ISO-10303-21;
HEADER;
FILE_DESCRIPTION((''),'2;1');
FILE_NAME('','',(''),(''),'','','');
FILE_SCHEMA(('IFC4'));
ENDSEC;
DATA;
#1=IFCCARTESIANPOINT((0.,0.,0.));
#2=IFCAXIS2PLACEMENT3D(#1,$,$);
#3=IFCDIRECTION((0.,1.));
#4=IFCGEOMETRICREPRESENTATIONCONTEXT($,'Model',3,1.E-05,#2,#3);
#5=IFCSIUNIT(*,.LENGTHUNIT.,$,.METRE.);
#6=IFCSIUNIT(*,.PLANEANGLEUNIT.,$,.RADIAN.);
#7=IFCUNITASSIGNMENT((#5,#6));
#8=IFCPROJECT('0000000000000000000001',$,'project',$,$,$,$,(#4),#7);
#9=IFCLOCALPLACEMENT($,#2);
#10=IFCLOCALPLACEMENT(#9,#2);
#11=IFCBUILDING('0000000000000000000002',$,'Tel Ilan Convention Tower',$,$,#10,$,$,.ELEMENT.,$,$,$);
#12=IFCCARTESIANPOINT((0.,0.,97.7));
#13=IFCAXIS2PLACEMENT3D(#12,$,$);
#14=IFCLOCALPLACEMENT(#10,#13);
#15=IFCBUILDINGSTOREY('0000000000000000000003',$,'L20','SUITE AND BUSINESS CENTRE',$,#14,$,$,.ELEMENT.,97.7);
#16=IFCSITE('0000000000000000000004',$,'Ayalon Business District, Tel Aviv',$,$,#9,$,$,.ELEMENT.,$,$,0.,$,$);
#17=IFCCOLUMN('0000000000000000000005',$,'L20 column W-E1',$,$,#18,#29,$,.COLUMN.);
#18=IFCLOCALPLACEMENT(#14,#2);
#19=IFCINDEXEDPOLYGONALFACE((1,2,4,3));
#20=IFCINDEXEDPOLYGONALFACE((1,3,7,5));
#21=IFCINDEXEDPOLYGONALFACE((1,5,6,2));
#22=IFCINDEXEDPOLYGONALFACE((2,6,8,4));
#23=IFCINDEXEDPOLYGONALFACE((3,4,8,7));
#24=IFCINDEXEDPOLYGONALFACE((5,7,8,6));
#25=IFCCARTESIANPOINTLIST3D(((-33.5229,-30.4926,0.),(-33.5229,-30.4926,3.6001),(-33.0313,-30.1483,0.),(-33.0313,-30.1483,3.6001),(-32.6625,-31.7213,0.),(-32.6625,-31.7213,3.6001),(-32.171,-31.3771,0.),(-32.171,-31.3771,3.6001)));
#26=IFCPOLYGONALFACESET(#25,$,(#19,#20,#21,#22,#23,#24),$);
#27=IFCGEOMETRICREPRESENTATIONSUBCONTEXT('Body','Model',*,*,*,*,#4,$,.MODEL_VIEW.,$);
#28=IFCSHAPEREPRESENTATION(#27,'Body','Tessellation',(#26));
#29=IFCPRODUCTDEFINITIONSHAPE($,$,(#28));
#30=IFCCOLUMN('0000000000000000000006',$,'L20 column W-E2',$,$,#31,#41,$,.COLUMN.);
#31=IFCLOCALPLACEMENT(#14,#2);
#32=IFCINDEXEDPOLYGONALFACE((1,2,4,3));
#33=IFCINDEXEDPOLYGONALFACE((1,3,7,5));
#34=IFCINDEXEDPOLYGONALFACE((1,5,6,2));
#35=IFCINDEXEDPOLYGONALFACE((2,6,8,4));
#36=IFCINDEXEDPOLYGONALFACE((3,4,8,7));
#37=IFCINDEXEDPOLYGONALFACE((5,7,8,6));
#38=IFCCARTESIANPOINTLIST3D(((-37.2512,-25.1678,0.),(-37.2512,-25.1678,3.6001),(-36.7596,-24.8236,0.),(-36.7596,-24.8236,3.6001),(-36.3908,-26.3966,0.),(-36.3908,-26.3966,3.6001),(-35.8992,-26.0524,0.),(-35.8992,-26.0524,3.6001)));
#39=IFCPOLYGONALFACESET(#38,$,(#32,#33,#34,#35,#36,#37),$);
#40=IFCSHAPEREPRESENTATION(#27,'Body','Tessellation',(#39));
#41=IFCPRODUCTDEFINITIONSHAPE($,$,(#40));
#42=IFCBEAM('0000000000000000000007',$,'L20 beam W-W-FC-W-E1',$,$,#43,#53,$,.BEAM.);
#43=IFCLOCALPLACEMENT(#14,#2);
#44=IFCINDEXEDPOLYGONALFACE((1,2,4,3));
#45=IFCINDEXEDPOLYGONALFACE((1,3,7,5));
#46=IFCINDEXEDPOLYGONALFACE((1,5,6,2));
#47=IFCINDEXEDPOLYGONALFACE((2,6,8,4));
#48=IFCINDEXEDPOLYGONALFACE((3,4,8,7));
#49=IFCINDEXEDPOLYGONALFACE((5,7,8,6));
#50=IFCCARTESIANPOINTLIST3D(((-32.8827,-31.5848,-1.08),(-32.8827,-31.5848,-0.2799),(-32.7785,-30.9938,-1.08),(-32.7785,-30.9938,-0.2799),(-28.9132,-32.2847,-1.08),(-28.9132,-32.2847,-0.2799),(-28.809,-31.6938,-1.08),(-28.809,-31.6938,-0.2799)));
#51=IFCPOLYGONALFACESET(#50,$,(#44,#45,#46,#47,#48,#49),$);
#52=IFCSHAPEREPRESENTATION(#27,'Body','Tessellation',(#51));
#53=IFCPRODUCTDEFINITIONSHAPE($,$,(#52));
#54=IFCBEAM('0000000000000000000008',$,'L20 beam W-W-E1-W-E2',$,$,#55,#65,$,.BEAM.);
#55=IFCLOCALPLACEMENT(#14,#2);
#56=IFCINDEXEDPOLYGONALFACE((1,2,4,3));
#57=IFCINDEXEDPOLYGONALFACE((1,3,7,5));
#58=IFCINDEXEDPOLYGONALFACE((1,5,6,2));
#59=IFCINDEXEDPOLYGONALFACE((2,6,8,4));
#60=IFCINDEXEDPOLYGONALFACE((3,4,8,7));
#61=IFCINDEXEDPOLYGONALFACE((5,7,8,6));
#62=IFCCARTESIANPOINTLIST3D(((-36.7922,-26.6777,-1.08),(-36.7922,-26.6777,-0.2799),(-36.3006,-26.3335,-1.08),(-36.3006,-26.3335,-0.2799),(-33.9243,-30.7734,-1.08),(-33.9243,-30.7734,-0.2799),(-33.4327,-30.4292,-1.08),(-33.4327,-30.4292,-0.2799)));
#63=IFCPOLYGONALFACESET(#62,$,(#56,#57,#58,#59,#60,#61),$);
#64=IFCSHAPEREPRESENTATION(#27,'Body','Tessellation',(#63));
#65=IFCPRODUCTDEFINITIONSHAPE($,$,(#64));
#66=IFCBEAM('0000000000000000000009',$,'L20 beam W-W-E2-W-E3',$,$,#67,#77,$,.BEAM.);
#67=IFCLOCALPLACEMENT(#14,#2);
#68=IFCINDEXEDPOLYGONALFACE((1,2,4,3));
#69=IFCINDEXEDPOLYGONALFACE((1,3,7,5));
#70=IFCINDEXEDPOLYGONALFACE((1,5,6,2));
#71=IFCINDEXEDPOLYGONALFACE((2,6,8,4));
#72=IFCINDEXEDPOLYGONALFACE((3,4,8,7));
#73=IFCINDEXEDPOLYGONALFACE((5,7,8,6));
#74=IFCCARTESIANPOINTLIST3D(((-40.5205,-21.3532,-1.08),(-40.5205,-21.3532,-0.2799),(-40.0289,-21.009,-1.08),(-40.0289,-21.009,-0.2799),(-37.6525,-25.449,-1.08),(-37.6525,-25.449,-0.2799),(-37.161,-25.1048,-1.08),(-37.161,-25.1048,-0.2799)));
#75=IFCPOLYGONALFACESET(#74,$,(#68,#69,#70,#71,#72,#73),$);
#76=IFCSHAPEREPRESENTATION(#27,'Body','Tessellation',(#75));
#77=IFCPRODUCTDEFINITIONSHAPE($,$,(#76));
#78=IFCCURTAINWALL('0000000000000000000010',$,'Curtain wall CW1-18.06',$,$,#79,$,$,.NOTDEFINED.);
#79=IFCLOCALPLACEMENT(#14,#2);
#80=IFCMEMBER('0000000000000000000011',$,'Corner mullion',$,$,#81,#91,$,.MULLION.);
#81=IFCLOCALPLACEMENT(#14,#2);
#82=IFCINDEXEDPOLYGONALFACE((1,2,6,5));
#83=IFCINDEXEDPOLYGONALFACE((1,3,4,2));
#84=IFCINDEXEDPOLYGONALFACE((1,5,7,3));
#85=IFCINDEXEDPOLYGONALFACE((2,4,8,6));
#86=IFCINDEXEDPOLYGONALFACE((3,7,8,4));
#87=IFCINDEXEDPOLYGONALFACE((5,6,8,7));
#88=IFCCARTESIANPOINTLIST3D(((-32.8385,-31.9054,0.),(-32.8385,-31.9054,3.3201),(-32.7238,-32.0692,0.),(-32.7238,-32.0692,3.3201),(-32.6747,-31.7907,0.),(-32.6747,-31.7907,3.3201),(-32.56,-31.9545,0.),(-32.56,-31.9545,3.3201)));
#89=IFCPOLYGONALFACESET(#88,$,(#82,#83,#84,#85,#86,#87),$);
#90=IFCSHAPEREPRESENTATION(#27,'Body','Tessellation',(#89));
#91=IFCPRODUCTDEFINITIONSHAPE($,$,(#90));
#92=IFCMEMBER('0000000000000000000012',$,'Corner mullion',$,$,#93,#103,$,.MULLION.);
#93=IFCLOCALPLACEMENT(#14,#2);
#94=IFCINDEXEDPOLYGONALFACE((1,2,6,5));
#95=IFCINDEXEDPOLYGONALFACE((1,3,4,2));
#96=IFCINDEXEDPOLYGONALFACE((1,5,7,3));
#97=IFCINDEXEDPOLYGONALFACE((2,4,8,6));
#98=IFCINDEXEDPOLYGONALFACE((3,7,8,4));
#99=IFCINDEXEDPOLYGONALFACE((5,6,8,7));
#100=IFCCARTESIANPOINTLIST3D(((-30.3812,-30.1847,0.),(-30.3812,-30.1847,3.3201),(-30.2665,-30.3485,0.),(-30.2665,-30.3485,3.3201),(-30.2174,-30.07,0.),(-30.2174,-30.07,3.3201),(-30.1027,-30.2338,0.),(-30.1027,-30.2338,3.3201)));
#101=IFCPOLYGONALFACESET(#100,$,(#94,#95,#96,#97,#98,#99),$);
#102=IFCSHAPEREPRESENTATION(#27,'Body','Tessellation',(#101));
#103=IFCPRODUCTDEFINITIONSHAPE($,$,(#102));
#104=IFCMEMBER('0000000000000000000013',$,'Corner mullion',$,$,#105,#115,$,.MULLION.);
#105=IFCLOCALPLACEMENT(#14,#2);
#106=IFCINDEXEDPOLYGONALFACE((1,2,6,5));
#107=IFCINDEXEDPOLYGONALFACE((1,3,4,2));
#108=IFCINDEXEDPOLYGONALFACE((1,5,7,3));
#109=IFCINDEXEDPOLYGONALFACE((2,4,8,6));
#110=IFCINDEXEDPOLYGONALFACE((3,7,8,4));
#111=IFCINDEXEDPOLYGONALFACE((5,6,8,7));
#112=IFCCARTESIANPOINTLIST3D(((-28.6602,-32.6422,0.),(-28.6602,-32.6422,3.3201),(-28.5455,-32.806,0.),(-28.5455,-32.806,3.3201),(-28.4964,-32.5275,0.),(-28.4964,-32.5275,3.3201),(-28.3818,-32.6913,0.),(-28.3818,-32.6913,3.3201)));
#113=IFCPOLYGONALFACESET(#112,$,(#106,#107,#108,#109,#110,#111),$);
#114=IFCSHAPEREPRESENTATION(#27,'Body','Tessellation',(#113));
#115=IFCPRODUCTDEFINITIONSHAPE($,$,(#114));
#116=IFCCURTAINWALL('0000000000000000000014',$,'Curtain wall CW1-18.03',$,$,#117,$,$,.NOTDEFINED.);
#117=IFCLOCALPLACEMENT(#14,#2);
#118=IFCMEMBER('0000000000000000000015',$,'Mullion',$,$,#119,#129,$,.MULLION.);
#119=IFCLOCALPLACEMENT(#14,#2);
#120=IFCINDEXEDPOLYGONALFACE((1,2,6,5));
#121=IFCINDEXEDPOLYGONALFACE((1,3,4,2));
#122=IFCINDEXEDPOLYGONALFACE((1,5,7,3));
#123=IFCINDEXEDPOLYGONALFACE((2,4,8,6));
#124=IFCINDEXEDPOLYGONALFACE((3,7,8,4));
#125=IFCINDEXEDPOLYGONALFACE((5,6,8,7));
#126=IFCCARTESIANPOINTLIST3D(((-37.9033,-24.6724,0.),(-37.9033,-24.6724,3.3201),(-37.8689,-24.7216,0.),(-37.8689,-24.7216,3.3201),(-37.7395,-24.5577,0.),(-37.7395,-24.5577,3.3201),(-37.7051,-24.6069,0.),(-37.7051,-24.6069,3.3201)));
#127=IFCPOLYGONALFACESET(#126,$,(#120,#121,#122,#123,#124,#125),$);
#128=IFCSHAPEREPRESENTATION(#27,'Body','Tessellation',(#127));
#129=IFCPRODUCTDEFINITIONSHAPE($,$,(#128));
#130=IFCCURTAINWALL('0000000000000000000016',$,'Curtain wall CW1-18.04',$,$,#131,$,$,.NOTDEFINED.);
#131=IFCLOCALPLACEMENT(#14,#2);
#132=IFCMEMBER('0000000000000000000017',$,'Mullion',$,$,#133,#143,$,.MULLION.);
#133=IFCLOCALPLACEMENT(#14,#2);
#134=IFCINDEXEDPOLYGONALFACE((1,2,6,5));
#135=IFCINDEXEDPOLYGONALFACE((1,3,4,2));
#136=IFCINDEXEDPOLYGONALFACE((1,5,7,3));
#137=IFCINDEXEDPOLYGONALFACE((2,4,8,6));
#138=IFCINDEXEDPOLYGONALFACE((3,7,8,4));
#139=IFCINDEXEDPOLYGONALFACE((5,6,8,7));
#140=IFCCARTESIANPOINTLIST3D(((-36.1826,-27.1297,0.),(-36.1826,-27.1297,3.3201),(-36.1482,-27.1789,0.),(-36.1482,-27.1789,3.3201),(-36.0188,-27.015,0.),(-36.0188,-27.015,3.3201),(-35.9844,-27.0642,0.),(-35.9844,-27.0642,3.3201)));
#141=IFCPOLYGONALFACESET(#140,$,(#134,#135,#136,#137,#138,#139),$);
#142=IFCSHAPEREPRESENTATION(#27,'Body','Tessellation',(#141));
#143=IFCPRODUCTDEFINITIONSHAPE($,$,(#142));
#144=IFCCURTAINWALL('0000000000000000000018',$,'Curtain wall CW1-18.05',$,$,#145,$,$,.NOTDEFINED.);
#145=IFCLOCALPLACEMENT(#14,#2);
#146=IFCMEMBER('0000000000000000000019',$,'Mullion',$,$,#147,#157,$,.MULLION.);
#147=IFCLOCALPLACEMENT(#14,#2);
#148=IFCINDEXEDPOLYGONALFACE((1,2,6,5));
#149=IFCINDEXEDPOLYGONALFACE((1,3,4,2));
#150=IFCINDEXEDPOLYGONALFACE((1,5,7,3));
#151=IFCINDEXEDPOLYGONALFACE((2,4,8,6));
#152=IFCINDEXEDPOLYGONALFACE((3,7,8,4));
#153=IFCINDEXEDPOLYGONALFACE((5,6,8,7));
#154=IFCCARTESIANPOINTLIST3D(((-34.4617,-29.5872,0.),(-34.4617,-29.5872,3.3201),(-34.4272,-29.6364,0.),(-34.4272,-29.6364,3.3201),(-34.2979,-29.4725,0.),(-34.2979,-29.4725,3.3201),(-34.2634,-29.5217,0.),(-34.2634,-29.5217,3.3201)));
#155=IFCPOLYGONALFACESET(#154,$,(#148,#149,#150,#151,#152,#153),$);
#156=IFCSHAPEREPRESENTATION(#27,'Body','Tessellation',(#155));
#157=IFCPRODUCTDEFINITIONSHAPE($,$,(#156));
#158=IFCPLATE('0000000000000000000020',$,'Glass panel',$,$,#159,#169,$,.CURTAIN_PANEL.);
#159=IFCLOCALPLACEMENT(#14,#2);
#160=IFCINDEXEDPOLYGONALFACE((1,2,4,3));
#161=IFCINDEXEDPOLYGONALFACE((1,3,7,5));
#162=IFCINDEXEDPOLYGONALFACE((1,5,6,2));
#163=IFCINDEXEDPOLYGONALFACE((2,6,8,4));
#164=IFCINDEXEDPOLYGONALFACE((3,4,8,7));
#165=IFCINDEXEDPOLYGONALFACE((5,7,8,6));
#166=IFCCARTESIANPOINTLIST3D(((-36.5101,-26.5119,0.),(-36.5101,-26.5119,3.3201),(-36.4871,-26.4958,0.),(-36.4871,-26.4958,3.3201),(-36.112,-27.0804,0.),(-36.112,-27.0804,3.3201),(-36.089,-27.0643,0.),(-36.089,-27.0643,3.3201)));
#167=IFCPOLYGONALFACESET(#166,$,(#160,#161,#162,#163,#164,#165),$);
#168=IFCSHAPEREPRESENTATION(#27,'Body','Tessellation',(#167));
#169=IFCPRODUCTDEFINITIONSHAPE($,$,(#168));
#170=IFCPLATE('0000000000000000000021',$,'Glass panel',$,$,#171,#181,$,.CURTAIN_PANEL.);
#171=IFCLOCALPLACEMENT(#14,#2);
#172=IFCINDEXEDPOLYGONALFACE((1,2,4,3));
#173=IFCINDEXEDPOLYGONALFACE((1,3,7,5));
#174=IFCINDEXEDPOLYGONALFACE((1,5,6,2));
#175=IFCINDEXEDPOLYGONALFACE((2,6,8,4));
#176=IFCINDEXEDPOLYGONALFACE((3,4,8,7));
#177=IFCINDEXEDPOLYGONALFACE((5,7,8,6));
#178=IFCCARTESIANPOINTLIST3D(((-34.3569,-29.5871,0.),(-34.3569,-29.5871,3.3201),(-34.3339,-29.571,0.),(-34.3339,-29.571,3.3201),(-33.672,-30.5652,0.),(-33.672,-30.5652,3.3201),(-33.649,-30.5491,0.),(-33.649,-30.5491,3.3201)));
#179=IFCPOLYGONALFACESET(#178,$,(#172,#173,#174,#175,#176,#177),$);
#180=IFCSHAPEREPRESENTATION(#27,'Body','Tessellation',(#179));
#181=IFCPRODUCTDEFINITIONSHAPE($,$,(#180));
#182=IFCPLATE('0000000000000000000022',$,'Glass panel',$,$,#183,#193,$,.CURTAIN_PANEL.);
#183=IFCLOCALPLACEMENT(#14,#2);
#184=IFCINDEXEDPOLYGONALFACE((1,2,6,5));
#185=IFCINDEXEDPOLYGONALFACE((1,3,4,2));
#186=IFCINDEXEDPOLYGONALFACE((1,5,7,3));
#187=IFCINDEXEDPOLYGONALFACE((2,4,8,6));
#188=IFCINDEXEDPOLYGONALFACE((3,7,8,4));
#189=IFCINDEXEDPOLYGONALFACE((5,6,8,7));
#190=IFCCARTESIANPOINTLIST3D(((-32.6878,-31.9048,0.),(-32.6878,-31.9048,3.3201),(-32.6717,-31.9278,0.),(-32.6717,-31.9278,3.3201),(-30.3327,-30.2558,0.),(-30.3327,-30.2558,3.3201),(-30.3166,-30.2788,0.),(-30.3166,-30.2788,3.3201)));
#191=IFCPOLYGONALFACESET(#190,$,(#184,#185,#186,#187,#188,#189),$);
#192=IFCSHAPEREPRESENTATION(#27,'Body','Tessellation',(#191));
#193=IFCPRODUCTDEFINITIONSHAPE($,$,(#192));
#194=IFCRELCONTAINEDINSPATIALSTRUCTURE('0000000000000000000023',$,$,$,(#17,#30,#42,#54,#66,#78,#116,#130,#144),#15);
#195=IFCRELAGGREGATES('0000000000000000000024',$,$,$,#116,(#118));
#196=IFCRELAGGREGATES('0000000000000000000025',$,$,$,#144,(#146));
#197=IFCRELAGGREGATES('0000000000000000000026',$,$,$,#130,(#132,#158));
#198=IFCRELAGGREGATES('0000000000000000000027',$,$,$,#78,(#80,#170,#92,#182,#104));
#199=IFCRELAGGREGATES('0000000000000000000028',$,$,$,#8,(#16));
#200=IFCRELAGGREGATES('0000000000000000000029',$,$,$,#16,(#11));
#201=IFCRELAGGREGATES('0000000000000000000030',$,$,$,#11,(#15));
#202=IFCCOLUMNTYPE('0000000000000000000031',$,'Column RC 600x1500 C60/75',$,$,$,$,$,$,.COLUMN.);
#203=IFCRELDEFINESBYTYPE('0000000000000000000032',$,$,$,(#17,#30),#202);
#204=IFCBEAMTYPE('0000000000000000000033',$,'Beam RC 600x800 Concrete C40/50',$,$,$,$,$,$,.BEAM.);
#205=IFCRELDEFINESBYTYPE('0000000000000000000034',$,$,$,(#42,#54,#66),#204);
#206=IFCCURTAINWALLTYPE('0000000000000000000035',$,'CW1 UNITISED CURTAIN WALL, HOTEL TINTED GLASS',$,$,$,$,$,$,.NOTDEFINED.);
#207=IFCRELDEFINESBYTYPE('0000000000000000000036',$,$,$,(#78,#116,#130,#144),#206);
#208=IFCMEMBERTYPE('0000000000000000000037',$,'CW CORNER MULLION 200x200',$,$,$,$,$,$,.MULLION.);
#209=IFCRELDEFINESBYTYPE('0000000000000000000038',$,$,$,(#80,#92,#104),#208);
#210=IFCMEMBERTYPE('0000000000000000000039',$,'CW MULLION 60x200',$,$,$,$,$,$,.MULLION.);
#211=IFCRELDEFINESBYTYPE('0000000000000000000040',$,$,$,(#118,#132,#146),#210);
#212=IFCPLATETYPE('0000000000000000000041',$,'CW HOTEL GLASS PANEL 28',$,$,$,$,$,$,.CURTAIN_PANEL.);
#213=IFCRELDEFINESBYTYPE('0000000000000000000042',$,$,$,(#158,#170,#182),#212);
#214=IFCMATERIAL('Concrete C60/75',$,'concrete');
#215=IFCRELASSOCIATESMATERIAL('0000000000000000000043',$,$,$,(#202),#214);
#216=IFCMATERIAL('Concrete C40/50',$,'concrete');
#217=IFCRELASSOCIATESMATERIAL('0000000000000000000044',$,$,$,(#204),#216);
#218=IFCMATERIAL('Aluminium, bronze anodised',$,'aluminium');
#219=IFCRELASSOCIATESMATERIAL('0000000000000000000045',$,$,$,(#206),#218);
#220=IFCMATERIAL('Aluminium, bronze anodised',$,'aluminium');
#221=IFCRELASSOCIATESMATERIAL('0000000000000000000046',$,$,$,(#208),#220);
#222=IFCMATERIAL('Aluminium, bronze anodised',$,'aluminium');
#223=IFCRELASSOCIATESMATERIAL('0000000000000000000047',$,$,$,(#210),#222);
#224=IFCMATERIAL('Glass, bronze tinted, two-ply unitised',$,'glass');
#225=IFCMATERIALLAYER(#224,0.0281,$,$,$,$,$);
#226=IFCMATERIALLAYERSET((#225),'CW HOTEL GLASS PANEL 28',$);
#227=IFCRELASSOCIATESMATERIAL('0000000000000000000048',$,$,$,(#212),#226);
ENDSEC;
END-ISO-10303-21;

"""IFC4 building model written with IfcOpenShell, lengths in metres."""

from ifc_helpers import new_model, si_unit, direction, frame, origin, origin_2d, place, context, subcontext, project, spatial, rectangle, extrude, material, layer, layer_set, material_profile, profile_set, type_object, element, aggregate, save


model = new_model("IFC4")

# Units and contexts
model_context = context("Model", 3, precision=1e-05, world=origin(), true_north=direction((0.0, 1.0)))
body_context = subcontext(model_context, "Body", "Model", "MODEL_VIEW")
ifc_project = project(units=[si_unit("LENGTHUNIT", "METRE"), si_unit("PLANEANGLEUNIT", "RADIAN")], contexts=[model_context])

# Site, building, storey
site_placement = place(None, origin())
site = spatial("IfcSite", under=ifc_project, at=site_placement, Name="Ayalon Business District, Tel Aviv", CompositionType="ELEMENT", RefElevation=0.0)
building_placement = place(site_placement, origin())
building = spatial("IfcBuilding", under=site, at=building_placement, Name="Tel Ilan Convention Tower", CompositionType="ELEMENT")
storey_placement = place(building_placement, frame((0.0, 0.0, 97.7)))
storey = spatial("IfcBuildingStorey", under=building, at=storey_placement, Name="L20", Description="SUITE AND BUSINESS CENTRE", CompositionType="ELEMENT", Elevation=97.7)

# Columns
ifc_material_1 = material(Name="Concrete C60/75", Category="concrete")
ifc_material_profile_1 = material_profile(ifc_material_1, rectangle(XDim=1.5, YDim=0.6001, at=origin_2d()), Name="RC 600x1500")
ifc_profile_set_1 = profile_set([ifc_material_profile_1], Name="Concrete C60/75")
column_type = type_object("IfcColumnType", Name="Column RC 600x1500 C60/75", PredefinedType="COLUMN", material=ifc_profile_set_1)
for number, where, z_axis, x_axis, name in (
    (1, (-32.8469, -30.9348, 0.0), (0.0, 0.0, 1.0), (-0.573576, 0.819152, 0.0), "L20 column W-E1"),
    (2, (-36.5752, -25.6101, 0.0), (0.0, 0.0, 1.0), (-0.573576, 0.819152, 0.0), "L20 column W-E2"),
):
    element("IfcColumn", number, at=place(storey_placement, frame(where, z_axis=z_axis, x_axis=x_axis)), inside=storey, type_object=column_type, Name=name, PredefinedType="COLUMN", context=body_context, shape_type="SweptSolid", body=[
        extrude(rectangle(XDim=1.5, YDim=0.6001, at=origin_2d()), origin(), (0.0, 0.0, 1.0), 3.6001),
    ])

# Beams
ifc_material_2 = material(Name="Concrete C40/50", Category="concrete")
ifc_material_profile_2 = material_profile(ifc_material_2, rectangle(XDim=0.6001, YDim=0.8, at=origin_2d()), Name="RC 600x800")
ifc_profile_set_2 = profile_set([ifc_material_profile_2], Name="Concrete C40/50")
beam_type = type_object("IfcBeamType", Name="Beam RC 600x800 Concrete C40/50", PredefinedType="BEAM", material=ifc_profile_set_2)
beam_placement = place(storey_placement, frame((-28.8611, -31.9893, -0.6799), z_axis=(-0.984807, 0.173654, 0.0), x_axis=(-0.173654, -0.984807, 0.0)))
element("IfcBeam", 3, at=beam_placement, inside=storey, type_object=beam_type, Name="L20 beam W-W-FC-W-E1", PredefinedType="BEAM", context=body_context, shape_type="SweptSolid", body=[
    extrude(rectangle(XDim=0.6001, YDim=0.8, at=origin_2d()), origin(), (0.0, 0.0, 1.0), 4.0308),
])
for number, where, z_axis, x_axis, name in (
    (4, (-33.6785, -30.6013, -0.6799), (-0.573587, 0.819145, 0.0), (-0.819145, -0.573587, 0.0), "L20 beam W-W-E1-W-E2"),
    (5, (-37.4067, -25.2769, -0.6799), (-0.573587, 0.819145, 0.0), (-0.819145, -0.573587, 0.0), "L20 beam W-W-E2-W-E3"),
):
    element("IfcBeam", number, at=place(storey_placement, frame(where, z_axis=z_axis, x_axis=x_axis)), inside=storey, type_object=beam_type, Name=name, PredefinedType="BEAM", context=body_context, shape_type="SweptSolid", body=[
        extrude(rectangle(XDim=0.6001, YDim=0.8, at=origin_2d()), origin(), (0.0, 0.0, 1.0), 5.0),
    ])

# Curtain wall, members
ifc_material_3 = material(Name="Aluminium, bronze anodised", Category="aluminium")
curtain_wall_type = type_object("IfcCurtainWallType", Name="CW1 UNITISED CURTAIN WALL, HOTEL TINTED GLASS", PredefinedType="NOTDEFINED", material=ifc_material_3)
curtain_wall_1_placement = place(storey_placement, origin())
curtain_wall_1 = element("IfcCurtainWall", 6, at=curtain_wall_1_placement, inside=storey, type_object=curtain_wall_type, Name="Curtain wall CW1-18.06", PredefinedType="NOTDEFINED")
ifc_material_4 = material(Name="Aluminium, bronze anodised", Category="aluminium")
ifc_material_profile_3 = material_profile(ifc_material_4, rectangle(XDim=0.2, YDim=0.2, at=origin_2d()), Name="CW CORNER MULLION 200x200")
ifc_profile_set_3 = profile_set([ifc_material_profile_3], Name="Aluminium, bronze anodised")
member_type_1 = type_object("IfcMemberType", Name="CW CORNER MULLION 200x200", PredefinedType="MULLION", material=ifc_profile_set_3)
member_1_placement = place(storey_placement, frame((-32.6992, -31.9299, 0.0), z_axis=(0.0, 0.0, 1.0), x_axis=(0.573576, -0.819152, 0.0)))
member_1 = element("IfcMember", 7, at=member_1_placement, type_object=member_type_1, Name="Corner mullion", PredefinedType="MULLION", context=body_context, shape_type="SweptSolid", body=[
    extrude(rectangle(XDim=0.2, YDim=0.2, at=origin_2d()), origin(), (0.0, 0.0, 1.0), 3.3201),
])
member_2_placement = place(storey_placement, frame((-30.2419, -30.2092, 0.0), z_axis=(0.0, 0.0, 1.0), x_axis=(0.819152, 0.573576, 0.0)))
member_2 = element("IfcMember", 8, at=member_2_placement, type_object=member_type_1, Name="Corner mullion", PredefinedType="MULLION", context=body_context, shape_type="SweptSolid", body=[
    extrude(rectangle(XDim=0.2, YDim=0.2, at=origin_2d()), origin(), (0.0, 0.0, 1.0), 3.3201),
])
member_3_placement = place(storey_placement, frame((-28.521, -32.6667, 0.0), z_axis=(0.0, 0.0, 1.0), x_axis=(0.573576, -0.819152, 0.0)))
member_3 = element("IfcMember", 9, at=member_3_placement, type_object=member_type_1, Name="Corner mullion", PredefinedType="MULLION", context=body_context, shape_type="SweptSolid", body=[
    extrude(rectangle(XDim=0.2, YDim=0.2, at=origin_2d()), origin(), (0.0, 0.0, 1.0), 3.3201),
])

# Curtain walls, members
curtain_wall_2_placement = place(storey_placement, origin())
curtain_wall_2 = element("IfcCurtainWall", 10, at=curtain_wall_2_placement, inside=storey, type_object=curtain_wall_type, Name="Curtain wall CW1-18.03", PredefinedType="NOTDEFINED")
ifc_material_5 = material(Name="Aluminium, bronze anodised", Category="aluminium")
ifc_material_profile_4 = material_profile(ifc_material_5, rectangle(XDim=0.0601, YDim=0.2, at=origin_2d()), Name="CW MULLION 60x200")
ifc_profile_set_4 = profile_set([ifc_material_profile_4], Name="Aluminium, bronze anodised")
member_type_2 = type_object("IfcMemberType", Name="CW MULLION 60x200", PredefinedType="MULLION", material=ifc_profile_set_4)
member_4_placement = place(storey_placement, frame((-37.8042, -24.6396, 0.0), z_axis=(0.0, 0.0, 1.0), x_axis=(0.573576, -0.819152, 0.0)))
member_4 = element("IfcMember", 11, at=member_4_placement, type_object=member_type_2, Name="Mullion", PredefinedType="MULLION", context=body_context, shape_type="SweptSolid", body=[
    extrude(rectangle(XDim=0.0601, YDim=0.2, at=origin_2d()), origin(), (0.0, 0.0, 1.0), 3.3201),
])
aggregate(curtain_wall_2, [member_4])
curtain_wall_3_placement = place(storey_placement, origin())
curtain_wall_3 = element("IfcCurtainWall", 12, at=curtain_wall_3_placement, inside=storey, type_object=curtain_wall_type, Name="Curtain wall CW1-18.04", PredefinedType="NOTDEFINED")
member_5_placement = place(storey_placement, frame((-36.0835, -27.0969, 0.0), z_axis=(0.0, 0.0, 1.0), x_axis=(0.573576, -0.819152, 0.0)))
member_5 = element("IfcMember", 13, at=member_5_placement, type_object=member_type_2, Name="Mullion", PredefinedType="MULLION", context=body_context, shape_type="SweptSolid", body=[
    extrude(rectangle(XDim=0.0601, YDim=0.2, at=origin_2d()), origin(), (0.0, 0.0, 1.0), 3.3201),
])
curtain_wall_4_placement = place(storey_placement, origin())
curtain_wall_4 = element("IfcCurtainWall", 14, at=curtain_wall_4_placement, inside=storey, type_object=curtain_wall_type, Name="Curtain wall CW1-18.05", PredefinedType="NOTDEFINED")
member_6_placement = place(storey_placement, frame((-34.3625, -29.5544, 0.0), z_axis=(0.0, 0.0, 1.0), x_axis=(0.573576, -0.819152, 0.0)))
member_6 = element("IfcMember", 15, at=member_6_placement, type_object=member_type_2, Name="Mullion", PredefinedType="MULLION", context=body_context, shape_type="SweptSolid", body=[
    extrude(rectangle(XDim=0.0601, YDim=0.2, at=origin_2d()), origin(), (0.0, 0.0, 1.0), 3.3201),
])
aggregate(curtain_wall_4, [member_6])

# Plates
ifc_material_6 = material(Name="Glass, bronze tinted, two-ply unitised", Category="glass")
ifc_layer_1 = layer(ifc_material_6, 0.0281)
ifc_layer_set_1 = layer_set([ifc_layer_1], Name="CW HOTEL GLASS PANEL 28")
plate_type = type_object("IfcPlateType", Name="CW HOTEL GLASS PANEL 28", PredefinedType="CURTAIN_PANEL", material=ifc_layer_set_1)
plate_1_placement = place(storey_placement, frame((-36.2996, -26.7881, 0.0), z_axis=(0.0, 0.0, 1.0), x_axis=(0.573576, -0.819152, 0.0)))
plate_1 = element("IfcPlate", 16, at=plate_1_placement, type_object=plate_type, Name="Glass panel", PredefinedType="CURTAIN_PANEL", context=body_context, shape_type="SweptSolid", body=[
    extrude(rectangle(XDim=0.6941, YDim=0.0281, at=origin_2d()), origin(), (0.0, 0.0, 1.0), 3.3201),
])
aggregate(curtain_wall_3, [member_5, plate_1])
plate_2_placement = place(storey_placement, frame((-34.0029, -30.0681, 0.0), z_axis=(0.0, 0.0, 1.0), x_axis=(0.573576, -0.819152, 0.0)))
plate_2 = element("IfcPlate", 17, at=plate_2_placement, type_object=plate_type, Name="Glass panel", PredefinedType="CURTAIN_PANEL", context=body_context, shape_type="SweptSolid", body=[
    extrude(rectangle(XDim=1.1941, YDim=0.0281, at=origin_2d()), origin(), (0.0, 0.0, 1.0), 3.3201),
])
plate_3_placement = place(storey_placement, frame((-31.5022, -31.0918, 0.0), z_axis=(0.0, 0.0, 1.0), x_axis=(0.819152, 0.573576, 0.0)))
plate_3 = element("IfcPlate", 18, at=plate_3_placement, type_object=plate_type, Name="Glass panel", PredefinedType="CURTAIN_PANEL", context=body_context, shape_type="SweptSolid", body=[
    extrude(rectangle(XDim=2.875, YDim=0.0281, at=origin_2d()), origin(), (0.0, 0.0, 1.0), 3.3201),
])
aggregate(curtain_wall_1, [member_1, plate_2, member_2, plate_3, member_3])

save(model, "model.ifc")
